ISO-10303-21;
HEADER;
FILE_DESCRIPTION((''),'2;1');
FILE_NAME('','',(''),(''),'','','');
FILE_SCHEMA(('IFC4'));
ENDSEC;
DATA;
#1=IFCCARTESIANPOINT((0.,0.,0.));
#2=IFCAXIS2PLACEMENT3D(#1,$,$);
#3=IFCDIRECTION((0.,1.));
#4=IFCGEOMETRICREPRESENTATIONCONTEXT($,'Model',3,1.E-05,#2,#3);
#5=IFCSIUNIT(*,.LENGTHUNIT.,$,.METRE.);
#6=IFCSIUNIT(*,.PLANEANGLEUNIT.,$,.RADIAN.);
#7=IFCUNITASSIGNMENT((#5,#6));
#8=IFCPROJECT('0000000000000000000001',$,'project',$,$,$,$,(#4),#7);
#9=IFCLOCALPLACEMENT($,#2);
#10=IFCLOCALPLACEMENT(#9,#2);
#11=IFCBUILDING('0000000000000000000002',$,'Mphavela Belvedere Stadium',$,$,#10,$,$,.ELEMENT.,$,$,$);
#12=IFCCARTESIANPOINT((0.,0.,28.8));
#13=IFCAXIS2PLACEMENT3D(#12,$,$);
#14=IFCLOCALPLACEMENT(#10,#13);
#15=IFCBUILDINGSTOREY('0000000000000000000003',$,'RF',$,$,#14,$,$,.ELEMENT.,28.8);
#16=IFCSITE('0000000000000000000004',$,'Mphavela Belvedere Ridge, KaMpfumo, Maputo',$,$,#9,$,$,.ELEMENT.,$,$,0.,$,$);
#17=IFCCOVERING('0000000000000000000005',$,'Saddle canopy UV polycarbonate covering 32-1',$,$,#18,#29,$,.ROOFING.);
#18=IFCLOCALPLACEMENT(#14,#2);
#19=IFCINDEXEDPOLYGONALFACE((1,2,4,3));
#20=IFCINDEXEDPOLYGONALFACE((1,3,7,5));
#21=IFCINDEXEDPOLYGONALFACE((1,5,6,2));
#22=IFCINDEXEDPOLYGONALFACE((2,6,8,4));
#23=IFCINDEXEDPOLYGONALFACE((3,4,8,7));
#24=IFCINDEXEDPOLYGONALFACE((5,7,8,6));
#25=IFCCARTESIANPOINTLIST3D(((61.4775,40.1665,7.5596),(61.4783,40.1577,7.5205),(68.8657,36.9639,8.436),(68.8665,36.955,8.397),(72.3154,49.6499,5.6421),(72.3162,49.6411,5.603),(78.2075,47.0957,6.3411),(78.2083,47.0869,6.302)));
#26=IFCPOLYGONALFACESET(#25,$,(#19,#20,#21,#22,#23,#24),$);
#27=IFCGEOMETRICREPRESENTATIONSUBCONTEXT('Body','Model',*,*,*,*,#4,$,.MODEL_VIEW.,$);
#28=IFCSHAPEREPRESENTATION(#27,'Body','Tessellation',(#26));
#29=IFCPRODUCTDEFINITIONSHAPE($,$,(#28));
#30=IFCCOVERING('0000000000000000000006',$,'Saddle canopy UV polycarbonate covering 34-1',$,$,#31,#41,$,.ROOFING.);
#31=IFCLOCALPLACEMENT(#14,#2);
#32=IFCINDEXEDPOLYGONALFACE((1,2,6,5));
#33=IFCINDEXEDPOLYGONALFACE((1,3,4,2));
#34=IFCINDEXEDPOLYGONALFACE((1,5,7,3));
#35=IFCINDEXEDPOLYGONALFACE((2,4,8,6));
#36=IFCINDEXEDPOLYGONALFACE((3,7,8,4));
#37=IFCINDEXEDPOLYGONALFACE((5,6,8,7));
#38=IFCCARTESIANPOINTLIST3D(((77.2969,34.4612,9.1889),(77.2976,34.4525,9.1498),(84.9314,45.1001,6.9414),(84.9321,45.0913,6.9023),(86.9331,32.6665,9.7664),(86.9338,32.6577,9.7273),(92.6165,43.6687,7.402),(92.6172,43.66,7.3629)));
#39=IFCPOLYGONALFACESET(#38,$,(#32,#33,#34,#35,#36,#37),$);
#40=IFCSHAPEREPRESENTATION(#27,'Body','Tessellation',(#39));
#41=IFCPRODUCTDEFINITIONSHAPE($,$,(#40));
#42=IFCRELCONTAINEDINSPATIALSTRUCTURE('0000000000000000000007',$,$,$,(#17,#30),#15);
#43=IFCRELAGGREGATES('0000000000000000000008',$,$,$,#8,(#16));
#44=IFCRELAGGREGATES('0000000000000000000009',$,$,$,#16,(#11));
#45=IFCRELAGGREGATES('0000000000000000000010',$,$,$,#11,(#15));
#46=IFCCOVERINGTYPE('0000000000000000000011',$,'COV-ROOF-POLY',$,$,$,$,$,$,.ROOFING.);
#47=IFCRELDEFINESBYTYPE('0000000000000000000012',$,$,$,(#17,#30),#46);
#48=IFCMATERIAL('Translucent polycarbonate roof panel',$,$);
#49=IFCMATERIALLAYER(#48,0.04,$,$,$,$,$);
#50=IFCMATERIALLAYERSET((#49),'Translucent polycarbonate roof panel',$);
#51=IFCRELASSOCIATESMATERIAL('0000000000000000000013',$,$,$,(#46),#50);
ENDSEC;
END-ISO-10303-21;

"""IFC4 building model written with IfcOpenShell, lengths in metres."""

from ifc_helpers import new_model, si_unit, direction, frame, origin, place, context, subcontext, project, spatial, polyline, outline, extrude, material, layer, layer_set, type_object, element, save


model = new_model("IFC4")

# Units and contexts
model_context = context("Model", 3, precision=1e-05, world=origin(), true_north=direction((0.0, 1.0)))
body_context = subcontext(model_context, "Body", "Model", "MODEL_VIEW")
ifc_project = project(units=[si_unit("LENGTHUNIT", "METRE"), si_unit("PLANEANGLEUNIT", "RADIAN")], contexts=[model_context])

# Site, building, storey
site_placement = place(None, origin())
site = spatial("IfcSite", under=ifc_project, at=site_placement, Name="Mphavela Belvedere Ridge, KaMpfumo, Maputo", CompositionType="ELEMENT", RefElevation=0.0)
building_placement = place(site_placement, origin())
building = spatial("IfcBuilding", under=site, at=building_placement, Name="Mphavela Belvedere Stadium", CompositionType="ELEMENT")
storey_placement = place(building_placement, frame((0.0, 0.0, 28.8)))
storey = spatial("IfcBuildingStorey", under=building, at=storey_placement, Name="RF", CompositionType="ELEMENT", Elevation=28.8)

# Coverings
ifc_material_1 = material(Name="Translucent polycarbonate roof panel")
ifc_layer_1 = layer(ifc_material_1, 0.04)
ifc_layer_set_1 = layer_set([ifc_layer_1], Name="Translucent polycarbonate roof panel")
covering_type = type_object("IfcCoveringType", Name="COV-ROOF-POLY", PredefinedType="ROOFING", material=ifc_layer_set_1)
covering_1_placement = place(storey_placement, frame((72.3154, 49.6499, 5.6421), z_axis=(-0.020204, 0.220276, 0.975228), x_axis=(0.912114, -0.395398, 0.108206)))
element("IfcCovering", 1, at=covering_1_placement, inside=storey, type_object=covering_type, Name="Saddle canopy UV polycarbonate covering 32-1", PredefinedType="ROOFING", context=body_context, shape_type="SweptSolid", body=[
    extrude(outline(polyline([(0.0, 0.0), (6.4598, 0.0), (2.1718, -13.2637), (-5.9282, -13.2638), (0.0, 0.0)])), origin(), (0.0, 0.0, -1.0), 0.04),
])
covering_2_placement = place(storey_placement, frame((84.9314, 45.1001, 6.9414), z_axis=(-0.017716, 0.218809, 0.975607), x_axis=(0.981392, -0.182787, 0.058817)))
element("IfcCovering", 2, at=covering_2_placement, inside=storey, type_object=covering_type, Name="Saddle canopy UV polycarbonate covering 34-1", PredefinedType="ROOFING", context=body_context, shape_type="SweptSolid", body=[
    extrude(outline(polyline([(0.0, 0.0), (7.8308, 0.0), (4.4033, -12.1323), (-5.4156, -12.1324), (0.0, 0.0)])), origin(), (0.0, 0.0, -1.0), 0.04),
])

save(model, "model.ifc")
